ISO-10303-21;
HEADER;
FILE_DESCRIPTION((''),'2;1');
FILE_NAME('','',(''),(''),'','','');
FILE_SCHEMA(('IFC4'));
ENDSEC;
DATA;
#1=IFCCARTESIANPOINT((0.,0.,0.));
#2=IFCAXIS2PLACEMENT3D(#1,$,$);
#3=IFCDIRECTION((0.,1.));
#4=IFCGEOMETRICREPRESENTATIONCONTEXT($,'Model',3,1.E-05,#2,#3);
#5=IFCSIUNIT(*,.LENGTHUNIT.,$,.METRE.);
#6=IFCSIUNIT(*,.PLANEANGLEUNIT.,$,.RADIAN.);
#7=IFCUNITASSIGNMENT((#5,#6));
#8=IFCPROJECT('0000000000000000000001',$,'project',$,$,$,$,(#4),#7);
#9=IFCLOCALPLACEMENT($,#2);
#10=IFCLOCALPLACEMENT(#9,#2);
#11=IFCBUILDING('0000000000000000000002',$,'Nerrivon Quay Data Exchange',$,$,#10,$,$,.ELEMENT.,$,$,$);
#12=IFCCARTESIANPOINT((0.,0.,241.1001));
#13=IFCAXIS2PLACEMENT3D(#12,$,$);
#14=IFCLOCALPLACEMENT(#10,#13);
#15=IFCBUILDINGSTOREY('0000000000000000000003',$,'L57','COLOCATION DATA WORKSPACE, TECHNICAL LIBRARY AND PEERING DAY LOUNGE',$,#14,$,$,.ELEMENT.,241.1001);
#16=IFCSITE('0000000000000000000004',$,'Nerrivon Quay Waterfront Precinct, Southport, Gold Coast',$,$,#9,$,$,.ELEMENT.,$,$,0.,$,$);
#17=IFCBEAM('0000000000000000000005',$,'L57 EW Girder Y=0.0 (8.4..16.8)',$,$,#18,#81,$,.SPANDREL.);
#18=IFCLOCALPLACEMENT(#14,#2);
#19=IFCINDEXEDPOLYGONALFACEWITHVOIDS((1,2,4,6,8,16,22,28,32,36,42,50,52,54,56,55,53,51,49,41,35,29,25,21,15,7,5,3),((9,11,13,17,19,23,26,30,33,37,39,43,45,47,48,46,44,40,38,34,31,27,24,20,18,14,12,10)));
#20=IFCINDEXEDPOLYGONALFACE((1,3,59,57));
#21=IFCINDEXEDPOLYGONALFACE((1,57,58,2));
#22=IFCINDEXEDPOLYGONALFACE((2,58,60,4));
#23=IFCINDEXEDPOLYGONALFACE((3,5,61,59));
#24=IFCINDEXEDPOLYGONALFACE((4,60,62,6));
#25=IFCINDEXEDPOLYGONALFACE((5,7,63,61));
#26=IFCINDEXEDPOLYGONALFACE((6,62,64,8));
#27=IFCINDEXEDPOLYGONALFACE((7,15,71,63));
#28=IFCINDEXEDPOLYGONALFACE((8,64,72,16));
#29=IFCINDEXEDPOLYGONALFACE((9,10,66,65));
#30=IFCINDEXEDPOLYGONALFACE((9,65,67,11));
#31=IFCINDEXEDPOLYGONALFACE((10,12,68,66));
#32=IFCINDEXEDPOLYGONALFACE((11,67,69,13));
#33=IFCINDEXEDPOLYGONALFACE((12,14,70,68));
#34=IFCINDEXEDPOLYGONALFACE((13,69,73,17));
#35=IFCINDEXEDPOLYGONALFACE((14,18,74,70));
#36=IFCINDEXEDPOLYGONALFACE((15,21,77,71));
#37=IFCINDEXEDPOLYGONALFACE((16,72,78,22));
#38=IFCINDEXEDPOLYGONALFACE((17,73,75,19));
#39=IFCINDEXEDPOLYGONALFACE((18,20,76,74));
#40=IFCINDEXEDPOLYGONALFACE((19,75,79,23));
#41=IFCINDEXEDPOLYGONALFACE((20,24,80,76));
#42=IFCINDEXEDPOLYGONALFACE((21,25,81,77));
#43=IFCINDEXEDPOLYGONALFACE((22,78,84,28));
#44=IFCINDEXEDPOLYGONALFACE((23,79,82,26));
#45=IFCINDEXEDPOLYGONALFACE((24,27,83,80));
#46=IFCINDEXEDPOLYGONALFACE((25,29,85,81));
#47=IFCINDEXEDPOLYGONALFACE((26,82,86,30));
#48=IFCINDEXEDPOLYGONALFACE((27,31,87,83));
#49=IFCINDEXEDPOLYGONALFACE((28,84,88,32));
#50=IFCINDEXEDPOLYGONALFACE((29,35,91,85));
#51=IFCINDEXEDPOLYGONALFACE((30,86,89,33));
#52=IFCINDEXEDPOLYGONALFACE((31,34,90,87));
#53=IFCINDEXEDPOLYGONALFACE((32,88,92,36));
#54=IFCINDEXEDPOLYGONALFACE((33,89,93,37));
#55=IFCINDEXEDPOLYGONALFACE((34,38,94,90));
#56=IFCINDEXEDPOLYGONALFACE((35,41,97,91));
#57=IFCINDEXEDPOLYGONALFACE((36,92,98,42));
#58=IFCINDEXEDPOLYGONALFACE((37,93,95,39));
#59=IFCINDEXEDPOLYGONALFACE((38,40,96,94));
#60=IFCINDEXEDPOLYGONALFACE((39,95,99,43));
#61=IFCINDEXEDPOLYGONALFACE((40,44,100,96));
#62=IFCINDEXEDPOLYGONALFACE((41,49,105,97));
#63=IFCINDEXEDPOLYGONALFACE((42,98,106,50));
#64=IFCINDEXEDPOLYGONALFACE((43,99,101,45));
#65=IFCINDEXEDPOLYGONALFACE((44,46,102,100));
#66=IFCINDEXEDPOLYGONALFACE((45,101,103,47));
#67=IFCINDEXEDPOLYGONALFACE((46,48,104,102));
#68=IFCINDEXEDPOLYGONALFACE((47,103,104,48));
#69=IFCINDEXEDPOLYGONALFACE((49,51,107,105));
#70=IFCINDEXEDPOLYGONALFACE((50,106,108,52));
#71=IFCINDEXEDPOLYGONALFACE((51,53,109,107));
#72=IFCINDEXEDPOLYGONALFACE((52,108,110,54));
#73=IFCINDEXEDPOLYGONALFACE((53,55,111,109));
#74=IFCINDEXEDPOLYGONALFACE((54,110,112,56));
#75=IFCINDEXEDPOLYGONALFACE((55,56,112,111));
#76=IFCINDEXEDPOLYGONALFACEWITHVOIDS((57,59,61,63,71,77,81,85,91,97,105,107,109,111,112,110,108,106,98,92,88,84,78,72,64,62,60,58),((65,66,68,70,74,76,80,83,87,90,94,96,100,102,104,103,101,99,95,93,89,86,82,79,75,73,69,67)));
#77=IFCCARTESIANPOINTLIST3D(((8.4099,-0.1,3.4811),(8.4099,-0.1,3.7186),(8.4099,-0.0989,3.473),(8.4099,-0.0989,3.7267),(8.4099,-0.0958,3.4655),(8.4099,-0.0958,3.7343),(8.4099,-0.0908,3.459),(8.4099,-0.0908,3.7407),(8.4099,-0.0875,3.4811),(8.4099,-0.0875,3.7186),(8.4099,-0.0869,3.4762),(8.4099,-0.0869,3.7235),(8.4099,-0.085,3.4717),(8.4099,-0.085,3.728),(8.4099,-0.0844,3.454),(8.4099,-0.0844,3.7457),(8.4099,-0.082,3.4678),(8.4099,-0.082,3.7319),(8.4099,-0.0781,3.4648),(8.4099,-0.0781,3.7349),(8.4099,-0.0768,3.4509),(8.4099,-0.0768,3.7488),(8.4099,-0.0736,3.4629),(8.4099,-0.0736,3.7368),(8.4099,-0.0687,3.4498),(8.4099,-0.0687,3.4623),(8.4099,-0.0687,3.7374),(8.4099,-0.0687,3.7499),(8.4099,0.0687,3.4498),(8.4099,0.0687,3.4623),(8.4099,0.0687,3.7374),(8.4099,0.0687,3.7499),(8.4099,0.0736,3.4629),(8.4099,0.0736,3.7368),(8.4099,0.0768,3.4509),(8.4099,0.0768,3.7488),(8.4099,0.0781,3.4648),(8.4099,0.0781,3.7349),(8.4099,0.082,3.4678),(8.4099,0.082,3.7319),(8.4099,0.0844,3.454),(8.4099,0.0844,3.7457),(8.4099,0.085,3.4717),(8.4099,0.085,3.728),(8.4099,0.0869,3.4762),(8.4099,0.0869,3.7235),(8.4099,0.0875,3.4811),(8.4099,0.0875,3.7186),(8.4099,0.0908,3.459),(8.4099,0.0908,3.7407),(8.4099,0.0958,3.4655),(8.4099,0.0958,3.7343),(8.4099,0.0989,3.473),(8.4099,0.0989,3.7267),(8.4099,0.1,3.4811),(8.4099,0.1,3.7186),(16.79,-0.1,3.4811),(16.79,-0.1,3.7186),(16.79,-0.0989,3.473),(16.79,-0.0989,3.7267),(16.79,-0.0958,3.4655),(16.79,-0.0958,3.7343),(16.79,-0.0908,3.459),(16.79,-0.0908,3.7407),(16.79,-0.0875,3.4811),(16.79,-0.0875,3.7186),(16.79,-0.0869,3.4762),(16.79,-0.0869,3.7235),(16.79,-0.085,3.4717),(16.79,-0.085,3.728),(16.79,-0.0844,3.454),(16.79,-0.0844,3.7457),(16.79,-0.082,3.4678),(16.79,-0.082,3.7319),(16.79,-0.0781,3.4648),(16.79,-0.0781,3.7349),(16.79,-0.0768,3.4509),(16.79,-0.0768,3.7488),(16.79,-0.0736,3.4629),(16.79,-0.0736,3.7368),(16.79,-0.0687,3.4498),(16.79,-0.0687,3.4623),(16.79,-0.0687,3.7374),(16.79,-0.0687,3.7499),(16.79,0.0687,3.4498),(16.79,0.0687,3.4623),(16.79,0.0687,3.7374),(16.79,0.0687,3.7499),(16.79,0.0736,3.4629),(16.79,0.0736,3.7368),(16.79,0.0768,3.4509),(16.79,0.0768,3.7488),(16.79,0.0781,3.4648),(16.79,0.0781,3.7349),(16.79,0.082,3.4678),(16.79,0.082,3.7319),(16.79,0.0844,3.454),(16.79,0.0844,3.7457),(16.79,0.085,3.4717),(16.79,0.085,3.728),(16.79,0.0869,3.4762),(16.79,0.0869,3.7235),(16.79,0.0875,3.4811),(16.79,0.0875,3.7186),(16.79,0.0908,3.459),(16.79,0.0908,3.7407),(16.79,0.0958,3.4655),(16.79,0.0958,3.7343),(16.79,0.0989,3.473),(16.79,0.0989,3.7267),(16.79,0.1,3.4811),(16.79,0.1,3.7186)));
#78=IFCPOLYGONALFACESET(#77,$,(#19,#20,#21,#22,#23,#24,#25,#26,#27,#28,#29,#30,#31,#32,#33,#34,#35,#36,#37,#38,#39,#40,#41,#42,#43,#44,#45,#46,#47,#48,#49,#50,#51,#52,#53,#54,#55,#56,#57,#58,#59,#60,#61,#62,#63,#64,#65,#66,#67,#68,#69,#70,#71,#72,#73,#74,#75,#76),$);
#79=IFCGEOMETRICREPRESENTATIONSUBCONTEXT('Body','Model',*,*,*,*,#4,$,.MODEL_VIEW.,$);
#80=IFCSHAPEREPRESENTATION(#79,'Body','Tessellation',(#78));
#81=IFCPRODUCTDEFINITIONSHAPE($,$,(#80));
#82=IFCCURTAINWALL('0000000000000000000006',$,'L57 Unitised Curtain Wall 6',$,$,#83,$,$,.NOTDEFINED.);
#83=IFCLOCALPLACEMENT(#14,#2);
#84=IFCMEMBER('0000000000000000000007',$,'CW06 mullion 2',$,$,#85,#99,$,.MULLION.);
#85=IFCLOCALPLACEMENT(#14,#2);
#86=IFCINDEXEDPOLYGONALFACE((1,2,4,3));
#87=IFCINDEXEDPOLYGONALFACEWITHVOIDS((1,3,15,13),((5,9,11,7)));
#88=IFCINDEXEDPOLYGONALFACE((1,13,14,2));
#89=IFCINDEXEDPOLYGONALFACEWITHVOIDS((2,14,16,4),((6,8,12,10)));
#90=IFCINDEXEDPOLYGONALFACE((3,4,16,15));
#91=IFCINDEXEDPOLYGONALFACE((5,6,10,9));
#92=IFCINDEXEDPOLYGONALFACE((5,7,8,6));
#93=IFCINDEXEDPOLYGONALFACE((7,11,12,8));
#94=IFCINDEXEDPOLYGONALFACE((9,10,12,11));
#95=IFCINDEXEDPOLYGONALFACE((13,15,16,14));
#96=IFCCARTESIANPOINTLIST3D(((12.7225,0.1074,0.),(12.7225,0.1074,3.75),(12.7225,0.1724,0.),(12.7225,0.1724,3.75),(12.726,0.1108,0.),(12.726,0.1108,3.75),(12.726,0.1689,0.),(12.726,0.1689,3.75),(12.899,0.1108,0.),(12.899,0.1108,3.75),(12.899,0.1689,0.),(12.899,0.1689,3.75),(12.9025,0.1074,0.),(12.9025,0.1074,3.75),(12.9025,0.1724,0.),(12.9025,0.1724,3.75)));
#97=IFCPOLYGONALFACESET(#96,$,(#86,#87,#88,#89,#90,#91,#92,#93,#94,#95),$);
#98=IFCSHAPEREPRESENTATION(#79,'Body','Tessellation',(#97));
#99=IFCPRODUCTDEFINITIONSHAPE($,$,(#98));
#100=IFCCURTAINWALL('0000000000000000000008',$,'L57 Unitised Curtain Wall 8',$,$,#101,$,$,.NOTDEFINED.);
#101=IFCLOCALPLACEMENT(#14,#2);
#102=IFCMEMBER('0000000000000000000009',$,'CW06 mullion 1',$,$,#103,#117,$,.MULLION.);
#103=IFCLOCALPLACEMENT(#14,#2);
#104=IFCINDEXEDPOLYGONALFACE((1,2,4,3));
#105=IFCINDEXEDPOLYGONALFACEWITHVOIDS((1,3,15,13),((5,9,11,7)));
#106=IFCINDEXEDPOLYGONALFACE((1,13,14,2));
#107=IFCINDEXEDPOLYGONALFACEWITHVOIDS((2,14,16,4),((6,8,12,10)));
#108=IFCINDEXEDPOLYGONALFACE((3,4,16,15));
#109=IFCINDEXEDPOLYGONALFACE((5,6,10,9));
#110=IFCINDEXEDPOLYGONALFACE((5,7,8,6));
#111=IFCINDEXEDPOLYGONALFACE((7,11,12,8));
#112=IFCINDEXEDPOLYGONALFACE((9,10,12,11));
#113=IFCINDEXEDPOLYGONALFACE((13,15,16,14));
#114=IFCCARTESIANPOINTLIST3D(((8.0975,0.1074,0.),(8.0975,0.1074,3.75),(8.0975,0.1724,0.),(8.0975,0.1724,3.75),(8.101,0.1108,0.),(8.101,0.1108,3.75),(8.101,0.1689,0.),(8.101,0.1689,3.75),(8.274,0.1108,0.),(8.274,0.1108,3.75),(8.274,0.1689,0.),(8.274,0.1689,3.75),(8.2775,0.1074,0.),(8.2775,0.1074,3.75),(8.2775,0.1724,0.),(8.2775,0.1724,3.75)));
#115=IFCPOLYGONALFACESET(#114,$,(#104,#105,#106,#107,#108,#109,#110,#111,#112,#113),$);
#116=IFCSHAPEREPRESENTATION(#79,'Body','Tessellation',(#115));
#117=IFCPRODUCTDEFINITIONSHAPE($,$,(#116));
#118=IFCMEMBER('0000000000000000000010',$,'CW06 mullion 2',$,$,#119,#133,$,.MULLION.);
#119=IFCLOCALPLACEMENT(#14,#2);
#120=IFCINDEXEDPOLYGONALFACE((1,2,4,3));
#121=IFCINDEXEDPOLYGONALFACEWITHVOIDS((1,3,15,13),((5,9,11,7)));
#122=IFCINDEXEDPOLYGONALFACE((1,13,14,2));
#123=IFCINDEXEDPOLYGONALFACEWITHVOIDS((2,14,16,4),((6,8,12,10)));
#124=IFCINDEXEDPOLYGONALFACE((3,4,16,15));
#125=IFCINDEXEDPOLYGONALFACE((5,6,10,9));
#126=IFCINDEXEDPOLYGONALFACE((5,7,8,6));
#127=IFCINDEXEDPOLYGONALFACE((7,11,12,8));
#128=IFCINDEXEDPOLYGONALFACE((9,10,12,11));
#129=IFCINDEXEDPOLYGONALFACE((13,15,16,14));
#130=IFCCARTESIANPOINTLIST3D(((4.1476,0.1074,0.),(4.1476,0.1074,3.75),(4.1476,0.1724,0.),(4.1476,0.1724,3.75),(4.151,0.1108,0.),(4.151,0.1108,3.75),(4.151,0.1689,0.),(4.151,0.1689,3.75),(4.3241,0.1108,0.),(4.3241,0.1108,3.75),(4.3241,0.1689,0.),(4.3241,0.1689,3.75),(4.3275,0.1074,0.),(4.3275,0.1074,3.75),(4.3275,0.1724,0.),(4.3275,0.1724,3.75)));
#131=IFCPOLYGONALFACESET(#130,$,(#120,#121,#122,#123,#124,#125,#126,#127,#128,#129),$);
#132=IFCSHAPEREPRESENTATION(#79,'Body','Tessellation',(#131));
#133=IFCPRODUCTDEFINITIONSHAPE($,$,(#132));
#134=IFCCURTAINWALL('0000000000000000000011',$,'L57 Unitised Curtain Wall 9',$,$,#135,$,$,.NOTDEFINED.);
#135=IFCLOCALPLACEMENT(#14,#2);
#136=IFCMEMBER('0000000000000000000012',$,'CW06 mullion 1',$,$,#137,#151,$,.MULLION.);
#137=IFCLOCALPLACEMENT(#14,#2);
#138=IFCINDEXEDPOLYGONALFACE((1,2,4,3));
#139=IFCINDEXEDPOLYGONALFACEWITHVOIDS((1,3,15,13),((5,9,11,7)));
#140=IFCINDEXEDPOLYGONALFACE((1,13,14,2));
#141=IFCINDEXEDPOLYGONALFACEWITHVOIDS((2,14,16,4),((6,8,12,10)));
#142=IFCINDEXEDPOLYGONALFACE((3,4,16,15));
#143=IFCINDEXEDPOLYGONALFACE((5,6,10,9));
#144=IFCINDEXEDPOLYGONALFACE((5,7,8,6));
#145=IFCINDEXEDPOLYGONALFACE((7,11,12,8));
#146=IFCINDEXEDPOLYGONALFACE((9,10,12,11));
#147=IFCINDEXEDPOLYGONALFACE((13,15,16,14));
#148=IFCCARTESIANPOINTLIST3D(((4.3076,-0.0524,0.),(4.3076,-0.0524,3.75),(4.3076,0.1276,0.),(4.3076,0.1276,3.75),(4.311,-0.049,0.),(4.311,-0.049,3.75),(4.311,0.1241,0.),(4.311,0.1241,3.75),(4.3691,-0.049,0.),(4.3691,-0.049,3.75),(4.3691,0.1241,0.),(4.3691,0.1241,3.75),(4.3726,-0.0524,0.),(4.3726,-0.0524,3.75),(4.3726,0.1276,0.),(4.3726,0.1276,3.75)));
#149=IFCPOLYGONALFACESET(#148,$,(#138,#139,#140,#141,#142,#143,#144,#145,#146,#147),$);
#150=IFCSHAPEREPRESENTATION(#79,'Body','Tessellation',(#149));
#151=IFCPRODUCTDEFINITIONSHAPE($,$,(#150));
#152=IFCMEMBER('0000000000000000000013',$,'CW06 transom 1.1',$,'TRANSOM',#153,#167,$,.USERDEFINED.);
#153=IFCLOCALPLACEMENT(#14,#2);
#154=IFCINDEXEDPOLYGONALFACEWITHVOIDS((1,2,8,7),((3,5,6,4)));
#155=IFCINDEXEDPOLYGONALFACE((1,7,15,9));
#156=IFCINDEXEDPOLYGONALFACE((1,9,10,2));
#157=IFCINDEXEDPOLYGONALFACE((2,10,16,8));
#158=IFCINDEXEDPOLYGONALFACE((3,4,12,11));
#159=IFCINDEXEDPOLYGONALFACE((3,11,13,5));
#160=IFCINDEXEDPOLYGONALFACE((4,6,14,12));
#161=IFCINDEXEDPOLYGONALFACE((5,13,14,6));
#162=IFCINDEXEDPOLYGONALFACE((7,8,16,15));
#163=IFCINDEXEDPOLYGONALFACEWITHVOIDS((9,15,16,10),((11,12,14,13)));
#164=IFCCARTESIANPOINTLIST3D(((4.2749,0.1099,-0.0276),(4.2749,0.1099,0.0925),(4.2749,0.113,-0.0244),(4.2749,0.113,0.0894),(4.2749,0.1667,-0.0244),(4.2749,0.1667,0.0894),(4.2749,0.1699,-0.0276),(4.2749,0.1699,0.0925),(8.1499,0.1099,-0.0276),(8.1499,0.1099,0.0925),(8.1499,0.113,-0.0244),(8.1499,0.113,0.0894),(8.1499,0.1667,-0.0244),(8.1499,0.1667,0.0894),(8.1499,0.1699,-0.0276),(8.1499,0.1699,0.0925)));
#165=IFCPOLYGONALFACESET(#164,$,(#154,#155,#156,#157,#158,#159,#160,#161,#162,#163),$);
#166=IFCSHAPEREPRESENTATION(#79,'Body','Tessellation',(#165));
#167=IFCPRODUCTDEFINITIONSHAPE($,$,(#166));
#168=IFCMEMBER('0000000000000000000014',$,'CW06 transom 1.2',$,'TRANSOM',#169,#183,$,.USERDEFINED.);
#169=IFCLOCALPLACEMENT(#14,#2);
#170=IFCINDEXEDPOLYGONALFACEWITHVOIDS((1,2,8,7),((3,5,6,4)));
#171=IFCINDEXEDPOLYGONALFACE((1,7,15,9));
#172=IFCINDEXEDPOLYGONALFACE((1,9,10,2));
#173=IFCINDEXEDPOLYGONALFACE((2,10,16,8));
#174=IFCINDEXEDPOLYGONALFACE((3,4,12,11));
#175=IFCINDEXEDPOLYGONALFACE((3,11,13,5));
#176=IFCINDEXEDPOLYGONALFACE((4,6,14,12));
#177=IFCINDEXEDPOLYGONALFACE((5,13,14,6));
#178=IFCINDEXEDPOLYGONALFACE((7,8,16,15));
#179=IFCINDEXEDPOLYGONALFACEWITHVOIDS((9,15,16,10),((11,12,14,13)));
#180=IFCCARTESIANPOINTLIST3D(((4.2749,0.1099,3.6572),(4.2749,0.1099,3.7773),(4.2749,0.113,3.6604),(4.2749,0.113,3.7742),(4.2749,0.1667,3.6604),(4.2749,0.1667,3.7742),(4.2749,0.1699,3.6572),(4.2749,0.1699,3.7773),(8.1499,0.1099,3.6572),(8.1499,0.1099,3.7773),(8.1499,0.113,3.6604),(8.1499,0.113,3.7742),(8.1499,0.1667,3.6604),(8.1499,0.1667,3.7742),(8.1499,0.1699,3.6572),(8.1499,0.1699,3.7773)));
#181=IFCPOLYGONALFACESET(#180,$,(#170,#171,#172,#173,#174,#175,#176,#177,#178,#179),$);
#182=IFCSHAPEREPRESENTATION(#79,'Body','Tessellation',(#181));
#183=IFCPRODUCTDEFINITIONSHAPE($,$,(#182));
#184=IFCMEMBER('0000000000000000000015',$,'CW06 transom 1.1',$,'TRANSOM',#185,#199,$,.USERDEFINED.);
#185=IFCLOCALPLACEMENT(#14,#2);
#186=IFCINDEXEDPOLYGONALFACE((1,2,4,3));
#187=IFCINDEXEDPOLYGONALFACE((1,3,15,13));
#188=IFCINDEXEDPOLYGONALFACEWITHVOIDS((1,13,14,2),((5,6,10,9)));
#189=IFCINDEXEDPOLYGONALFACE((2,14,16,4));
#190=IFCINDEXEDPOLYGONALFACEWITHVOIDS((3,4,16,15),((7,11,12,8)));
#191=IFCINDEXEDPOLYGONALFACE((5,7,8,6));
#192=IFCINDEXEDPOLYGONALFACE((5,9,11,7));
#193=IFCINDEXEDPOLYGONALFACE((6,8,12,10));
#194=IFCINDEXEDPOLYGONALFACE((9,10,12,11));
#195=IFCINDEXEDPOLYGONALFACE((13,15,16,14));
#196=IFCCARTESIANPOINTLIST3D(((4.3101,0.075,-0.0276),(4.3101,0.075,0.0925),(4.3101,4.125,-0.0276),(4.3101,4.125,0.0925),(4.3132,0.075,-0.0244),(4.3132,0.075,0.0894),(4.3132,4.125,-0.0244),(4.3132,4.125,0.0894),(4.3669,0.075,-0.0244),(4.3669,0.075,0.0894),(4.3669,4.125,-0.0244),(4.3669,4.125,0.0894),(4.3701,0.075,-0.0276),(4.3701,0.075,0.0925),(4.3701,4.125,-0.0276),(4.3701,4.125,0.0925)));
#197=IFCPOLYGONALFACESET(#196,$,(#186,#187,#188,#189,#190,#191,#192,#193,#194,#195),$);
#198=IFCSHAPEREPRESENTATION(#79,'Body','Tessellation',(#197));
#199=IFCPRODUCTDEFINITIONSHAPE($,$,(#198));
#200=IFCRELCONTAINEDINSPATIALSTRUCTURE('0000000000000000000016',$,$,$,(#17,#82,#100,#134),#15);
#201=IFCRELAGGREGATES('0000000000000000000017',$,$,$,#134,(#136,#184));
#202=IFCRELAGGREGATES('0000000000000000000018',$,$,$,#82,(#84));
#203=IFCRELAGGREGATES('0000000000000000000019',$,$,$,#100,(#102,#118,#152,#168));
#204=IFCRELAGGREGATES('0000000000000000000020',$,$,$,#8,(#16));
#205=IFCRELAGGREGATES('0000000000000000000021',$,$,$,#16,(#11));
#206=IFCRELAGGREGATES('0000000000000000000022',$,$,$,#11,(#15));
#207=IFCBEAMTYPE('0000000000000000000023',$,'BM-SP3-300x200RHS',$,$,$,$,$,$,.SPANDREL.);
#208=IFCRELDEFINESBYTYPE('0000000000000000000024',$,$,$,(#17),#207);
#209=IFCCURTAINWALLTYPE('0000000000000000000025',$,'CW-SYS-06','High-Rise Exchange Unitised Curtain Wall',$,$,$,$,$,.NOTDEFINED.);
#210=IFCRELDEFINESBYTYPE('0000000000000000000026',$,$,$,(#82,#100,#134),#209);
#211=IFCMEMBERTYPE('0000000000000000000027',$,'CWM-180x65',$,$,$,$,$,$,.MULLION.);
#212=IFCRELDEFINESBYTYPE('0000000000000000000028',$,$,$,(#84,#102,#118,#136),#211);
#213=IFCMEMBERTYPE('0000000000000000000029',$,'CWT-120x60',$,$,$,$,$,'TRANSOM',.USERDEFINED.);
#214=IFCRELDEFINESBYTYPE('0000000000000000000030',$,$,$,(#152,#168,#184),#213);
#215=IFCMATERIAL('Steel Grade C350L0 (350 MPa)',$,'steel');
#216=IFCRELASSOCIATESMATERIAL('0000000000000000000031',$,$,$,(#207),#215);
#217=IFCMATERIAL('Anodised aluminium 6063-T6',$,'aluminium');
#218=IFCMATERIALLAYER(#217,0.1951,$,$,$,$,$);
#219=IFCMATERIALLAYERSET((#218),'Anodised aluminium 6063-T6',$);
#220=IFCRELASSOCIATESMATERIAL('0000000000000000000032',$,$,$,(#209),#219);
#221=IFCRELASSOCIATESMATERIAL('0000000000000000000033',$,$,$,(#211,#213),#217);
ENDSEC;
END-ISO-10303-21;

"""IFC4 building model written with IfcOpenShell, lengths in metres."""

from ifc_helpers import new_model, si_unit, direction, frame, origin, origin_2d, place, context, subcontext, project, spatial, hollow_rectangle, extrude, material, layer, layer_set, material_profile, profile_set, type_object, element, aggregate, save


model = new_model("IFC4")

# Units and contexts
model_context = context("Model", 3, precision=1e-05, world=origin(), true_north=direction((0.0, 1.0)))
body_context = subcontext(model_context, "Body", "Model", "MODEL_VIEW")
ifc_project = project(units=[si_unit("LENGTHUNIT", "METRE"), si_unit("PLANEANGLEUNIT", "RADIAN")], contexts=[model_context])

# Site, building, storey
site_placement = place(None, origin())
site = spatial("IfcSite", under=ifc_project, at=site_placement, Name="Nerrivon Quay Waterfront Precinct, Southport, Gold Coast", CompositionType="ELEMENT", RefElevation=0.0)
building_placement = place(site_placement, origin())
building = spatial("IfcBuilding", under=site, at=building_placement, Name="Nerrivon Quay Data Exchange", CompositionType="ELEMENT")
storey_placement = place(building_placement, frame((0.0, 0.0, 241.1001)))
storey = spatial("IfcBuildingStorey", under=building, at=storey_placement, Name="L57", Description="COLOCATION DATA WORKSPACE, TECHNICAL LIBRARY AND PEERING DAY LOUNGE", CompositionType="ELEMENT", Elevation=241.1001)

# Beam
ifc_material_1 = material(Name="Steel Grade C350L0 (350 MPa)", Category="steel")
ifc_material_profile_1 = material_profile(ifc_material_1, hollow_rectangle(XDim=0.2, YDim=0.3, WallThickness=0.0125, InnerFilletRadius=0.0188, OuterFilletRadius=0.0312, at=origin_2d()), Name="300x200x12.5RHS")
ifc_profile_set_1 = profile_set([ifc_material_profile_1], Name="Steel Grade C350L0 (350 MPa)")
beam_type_1 = type_object("IfcBeamType", Name="BM-SP3-300x200RHS", PredefinedType="SPANDREL", material=ifc_profile_set_1)
beam_1_placement = place(storey_placement, frame((8.4099, 0.0, 3.5999), z_axis=(1.0, 0.0, 0.0), x_axis=(0.0, 1.0, 0.0)))
element("IfcBeam", 1, at=beam_1_placement, inside=storey, type_object=beam_type_1, Name="L57 EW Girder Y=0.0 (8.4..16.8)", PredefinedType="SPANDREL", context=body_context, shape_type="SweptSolid", body=[
    extrude(hollow_rectangle(XDim=0.2, YDim=0.3, WallThickness=0.0125, InnerFilletRadius=0.0188, OuterFilletRadius=0.0312, at=origin_2d()), origin(), (0.0, 0.0, 1.0), 8.3801),
])

# Curtain wall, member
ifc_material_2 = material(Name="Anodised aluminium 6063-T6", Category="aluminium")
ifc_layer_1 = layer(ifc_material_2, 0.1951)
ifc_layer_set_1 = layer_set([ifc_layer_1], Name="Anodised aluminium 6063-T6")
curtain_wall_type = type_object("IfcCurtainWallType", Name="CW-SYS-06", Description="High-Rise Exchange Unitised Curtain Wall", PredefinedType="NOTDEFINED", material=ifc_layer_set_1)
curtain_wall_1_placement = place(storey_placement, origin())
curtain_wall_1 = element("IfcCurtainWall", 2, at=curtain_wall_1_placement, inside=storey, type_object=curtain_wall_type, Name="L57 Unitised Curtain Wall 6", PredefinedType="NOTDEFINED")
ifc_material_profile_2 = material_profile(ifc_material_2, hollow_rectangle(XDim=0.0649, YDim=0.1799, WallThickness=0.0034, at=origin_2d()), Name="ALU-MULL-180x65")
ifc_profile_set_2 = profile_set([ifc_material_profile_2], Name="Anodised aluminium 6063-T6")
member_type_1 = type_object("IfcMemberType", Name="CWM-180x65", PredefinedType="MULLION", material=ifc_profile_set_2)
member_1_placement = place(storey_placement, frame((12.8125, 0.1399, 0.0), z_axis=(0.0, 0.0, 1.0), x_axis=(0.0, -1.0, 0.0)))
member_1 = element("IfcMember", 3, at=member_1_placement, type_object=member_type_1, Name="CW06 mullion 2", PredefinedType="MULLION", context=body_context, shape_type="SweptSolid", body=[
    extrude(hollow_rectangle(XDim=0.0649, YDim=0.1799, WallThickness=0.0034, at=origin_2d()), origin(), (0.0, 0.0, 1.0), 3.75),
])

# Curtain wall, members
curtain_wall_2_placement = place(storey_placement, origin())
curtain_wall_2 = element("IfcCurtainWall", 4, at=curtain_wall_2_placement, inside=storey, type_object=curtain_wall_type, Name="L57 Unitised Curtain Wall 8", PredefinedType="NOTDEFINED")
member_2_placement = place(storey_placement, frame((8.1875, 0.1399, 0.0), z_axis=(0.0, 0.0, 1.0), x_axis=(0.0, -1.0, 0.0)))
member_2 = element("IfcMember", 5, at=member_2_placement, type_object=member_type_1, Name="CW06 mullion 1", PredefinedType="MULLION", context=body_context, shape_type="SweptSolid", body=[
    extrude(hollow_rectangle(XDim=0.0649, YDim=0.1799, WallThickness=0.0034, at=origin_2d()), origin(), (0.0, 0.0, 1.0), 3.75),
])
member_3_placement = place(storey_placement, frame((4.2375, 0.1399, 0.0), z_axis=(0.0, 0.0, 1.0), x_axis=(0.0, -1.0, 0.0)))
member_3 = element("IfcMember", 6, at=member_3_placement, type_object=member_type_1, Name="CW06 mullion 2", PredefinedType="MULLION", context=body_context, shape_type="SweptSolid", body=[
    extrude(hollow_rectangle(XDim=0.0649, YDim=0.1799, WallThickness=0.0034, at=origin_2d()), origin(), (0.0, 0.0, 1.0), 3.75),
])

# Curtain wall, member
curtain_wall_3_placement = place(storey_placement, origin())
curtain_wall_3 = element("IfcCurtainWall", 7, at=curtain_wall_3_placement, inside=storey, type_object=curtain_wall_type, Name="L57 Unitised Curtain Wall 9", PredefinedType="NOTDEFINED")
member_4_placement = place(storey_placement, frame((4.3401, 0.0376, 0.0), z_axis=(0.0, 0.0, 1.0), x_axis=(-1.0, 0.0, 0.0)))
member_4 = element("IfcMember", 8, at=member_4_placement, type_object=member_type_1, Name="CW06 mullion 1", PredefinedType="MULLION", context=body_context, shape_type="SweptSolid", body=[
    extrude(hollow_rectangle(XDim=0.0649, YDim=0.1799, WallThickness=0.0034, at=origin_2d()), origin(), (0.0, 0.0, 1.0), 3.75),
])

# Members
ifc_material_profile_3 = material_profile(ifc_material_2, hollow_rectangle(XDim=0.0601, YDim=0.1201, WallThickness=0.0032, at=origin_2d()), Name="ALU-TRAN-120x60")
ifc_profile_set_3 = profile_set([ifc_material_profile_3], Name="Anodised aluminium 6063-T6")
member_type_2 = type_object("IfcMemberType", Name="CWT-120x60", ElementType="TRANSOM", PredefinedType="USERDEFINED", material=ifc_profile_set_3)
member_5_placement = place(storey_placement, frame((8.1499, 0.1399, 0.0325), z_axis=(-1.0, 0.0, 0.0), x_axis=(0.0, -1.0, 0.0)))
member_5 = element("IfcMember", 9, at=member_5_placement, type_object=member_type_2, Name="CW06 transom 1.1", ObjectType="TRANSOM", PredefinedType="USERDEFINED", context=body_context, shape_type="SweptSolid", body=[
    extrude(hollow_rectangle(XDim=0.0601, YDim=0.1201, WallThickness=0.0032, at=origin_2d()), origin(), (0.0, 0.0, 1.0), 3.875),
])
member_6_placement = place(storey_placement, frame((8.1499, 0.1399, 3.7173), z_axis=(-1.0, 0.0, 0.0), x_axis=(0.0, -1.0, 0.0)))
member_6 = element("IfcMember", 10, at=member_6_placement, type_object=member_type_2, Name="CW06 transom 1.2", ObjectType="TRANSOM", PredefinedType="USERDEFINED", context=body_context, shape_type="SweptSolid", body=[
    extrude(hollow_rectangle(XDim=0.0601, YDim=0.1201, WallThickness=0.0032, at=origin_2d()), origin(), (0.0, 0.0, 1.0), 3.875),
])
member_7_placement = place(storey_placement, frame((4.3401, 0.075, 0.0325), z_axis=(0.0, 1.0, 0.0), x_axis=(-1.0, 0.0, 0.0)))
member_7 = element("IfcMember", 11, at=member_7_placement, type_object=member_type_2, Name="CW06 transom 1.1", ObjectType="TRANSOM", PredefinedType="USERDEFINED", context=body_context, shape_type="SweptSolid", body=[
    extrude(hollow_rectangle(XDim=0.0601, YDim=0.1201, WallThickness=0.0032, at=origin_2d()), origin(), (0.0, 0.0, 1.0), 4.05),
])
aggregate(curtain_wall_3, [member_4, member_7])

aggregate(curtain_wall_1, [member_1])
aggregate(curtain_wall_2, [member_2, member_3, member_5, member_6])

save(model, "model.ifc")
